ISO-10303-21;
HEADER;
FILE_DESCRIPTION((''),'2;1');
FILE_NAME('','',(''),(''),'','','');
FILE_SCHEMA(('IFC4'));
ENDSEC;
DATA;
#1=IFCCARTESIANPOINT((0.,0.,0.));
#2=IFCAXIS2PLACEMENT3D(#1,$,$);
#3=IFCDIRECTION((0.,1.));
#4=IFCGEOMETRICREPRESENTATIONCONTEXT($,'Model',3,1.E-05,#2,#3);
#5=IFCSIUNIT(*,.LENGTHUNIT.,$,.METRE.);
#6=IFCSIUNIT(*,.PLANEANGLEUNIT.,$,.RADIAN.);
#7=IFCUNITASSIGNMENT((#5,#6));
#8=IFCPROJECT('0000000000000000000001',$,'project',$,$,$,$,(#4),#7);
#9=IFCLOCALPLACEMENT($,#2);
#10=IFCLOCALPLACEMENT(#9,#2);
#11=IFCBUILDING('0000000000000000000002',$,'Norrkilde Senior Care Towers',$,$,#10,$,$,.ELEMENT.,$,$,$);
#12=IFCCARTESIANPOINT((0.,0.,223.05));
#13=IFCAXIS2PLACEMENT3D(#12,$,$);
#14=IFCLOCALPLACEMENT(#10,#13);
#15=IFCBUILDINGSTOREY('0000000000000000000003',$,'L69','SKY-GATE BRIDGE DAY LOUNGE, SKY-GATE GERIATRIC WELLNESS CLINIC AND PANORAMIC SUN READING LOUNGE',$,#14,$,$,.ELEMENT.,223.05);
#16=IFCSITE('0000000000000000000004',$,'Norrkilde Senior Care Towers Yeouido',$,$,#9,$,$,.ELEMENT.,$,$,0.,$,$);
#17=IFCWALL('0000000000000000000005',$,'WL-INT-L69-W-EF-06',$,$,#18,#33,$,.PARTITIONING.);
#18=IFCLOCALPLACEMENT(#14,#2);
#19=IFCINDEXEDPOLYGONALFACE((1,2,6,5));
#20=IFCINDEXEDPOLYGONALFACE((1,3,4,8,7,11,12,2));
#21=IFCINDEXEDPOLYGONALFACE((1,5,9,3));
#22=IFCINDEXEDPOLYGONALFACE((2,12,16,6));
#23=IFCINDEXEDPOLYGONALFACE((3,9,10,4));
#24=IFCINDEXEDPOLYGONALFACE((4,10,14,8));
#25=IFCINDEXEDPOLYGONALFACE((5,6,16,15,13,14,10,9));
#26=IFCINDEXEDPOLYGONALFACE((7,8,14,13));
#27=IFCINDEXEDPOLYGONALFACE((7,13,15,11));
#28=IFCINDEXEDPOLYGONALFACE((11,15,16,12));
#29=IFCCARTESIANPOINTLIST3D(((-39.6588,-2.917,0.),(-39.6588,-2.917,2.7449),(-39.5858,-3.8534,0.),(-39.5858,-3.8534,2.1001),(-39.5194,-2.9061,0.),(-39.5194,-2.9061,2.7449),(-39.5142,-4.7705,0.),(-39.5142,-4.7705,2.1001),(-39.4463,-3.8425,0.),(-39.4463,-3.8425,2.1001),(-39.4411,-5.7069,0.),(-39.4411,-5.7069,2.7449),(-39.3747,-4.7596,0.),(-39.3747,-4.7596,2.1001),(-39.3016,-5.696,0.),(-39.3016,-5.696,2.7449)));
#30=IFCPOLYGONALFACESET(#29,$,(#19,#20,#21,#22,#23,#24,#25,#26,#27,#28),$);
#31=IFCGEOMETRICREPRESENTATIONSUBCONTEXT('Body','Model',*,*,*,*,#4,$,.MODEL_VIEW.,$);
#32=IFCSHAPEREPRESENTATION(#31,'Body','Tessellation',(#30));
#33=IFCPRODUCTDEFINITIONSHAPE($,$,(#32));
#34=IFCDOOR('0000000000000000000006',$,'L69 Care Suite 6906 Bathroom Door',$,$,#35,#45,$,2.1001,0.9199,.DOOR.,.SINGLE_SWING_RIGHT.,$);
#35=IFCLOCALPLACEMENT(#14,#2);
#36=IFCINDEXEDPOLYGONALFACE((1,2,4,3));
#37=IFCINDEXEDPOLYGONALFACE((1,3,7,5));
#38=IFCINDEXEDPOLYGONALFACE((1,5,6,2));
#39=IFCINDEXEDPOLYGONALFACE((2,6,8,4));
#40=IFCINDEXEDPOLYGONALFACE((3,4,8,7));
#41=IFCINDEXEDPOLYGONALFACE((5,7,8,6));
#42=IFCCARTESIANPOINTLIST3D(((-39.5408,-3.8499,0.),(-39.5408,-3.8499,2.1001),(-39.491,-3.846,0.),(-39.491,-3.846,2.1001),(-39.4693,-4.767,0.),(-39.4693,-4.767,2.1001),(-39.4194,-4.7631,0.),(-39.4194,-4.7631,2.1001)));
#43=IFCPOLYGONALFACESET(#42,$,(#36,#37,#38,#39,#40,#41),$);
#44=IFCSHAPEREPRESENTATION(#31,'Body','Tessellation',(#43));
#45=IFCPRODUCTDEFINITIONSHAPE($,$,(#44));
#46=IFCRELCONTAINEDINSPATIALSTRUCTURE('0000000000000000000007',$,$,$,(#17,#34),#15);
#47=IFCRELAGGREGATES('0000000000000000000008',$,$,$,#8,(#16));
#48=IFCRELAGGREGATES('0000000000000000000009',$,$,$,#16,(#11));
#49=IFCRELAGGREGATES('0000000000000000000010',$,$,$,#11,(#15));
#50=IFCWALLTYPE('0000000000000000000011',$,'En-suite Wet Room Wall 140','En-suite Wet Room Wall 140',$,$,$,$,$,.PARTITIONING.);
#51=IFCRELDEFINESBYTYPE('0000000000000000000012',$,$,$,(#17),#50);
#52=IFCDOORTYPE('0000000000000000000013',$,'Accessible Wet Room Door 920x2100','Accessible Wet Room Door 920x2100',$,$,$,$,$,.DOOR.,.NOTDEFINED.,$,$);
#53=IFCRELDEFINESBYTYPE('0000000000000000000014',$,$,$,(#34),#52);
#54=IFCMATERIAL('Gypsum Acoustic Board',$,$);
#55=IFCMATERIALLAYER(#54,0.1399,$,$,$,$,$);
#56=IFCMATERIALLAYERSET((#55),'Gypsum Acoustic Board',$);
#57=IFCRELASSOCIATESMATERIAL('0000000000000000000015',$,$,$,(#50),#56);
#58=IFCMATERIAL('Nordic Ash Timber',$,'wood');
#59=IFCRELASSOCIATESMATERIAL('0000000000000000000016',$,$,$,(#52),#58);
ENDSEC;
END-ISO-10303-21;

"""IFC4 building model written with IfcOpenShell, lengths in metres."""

from ifc_helpers import new_model, si_unit, direction, frame, frame_2d, origin, place, context, subcontext, project, spatial, rectangle, extrude, source, transform, mapped, material, layer, layer_set, type_object, type_shapes, element, fill, save


model = new_model("IFC4")

# Units and contexts
model_context = context("Model", 3, precision=1e-05, world=origin(), true_north=direction((0.0, 1.0)))
body_context = subcontext(model_context, "Body", "Model", "MODEL_VIEW")
ifc_project = project(units=[si_unit("LENGTHUNIT", "METRE"), si_unit("PLANEANGLEUNIT", "RADIAN")], contexts=[model_context])

# Site, building, storey
site_placement = place(None, origin())
site = spatial("IfcSite", under=ifc_project, at=site_placement, Name="Norrkilde Senior Care Towers Yeouido", CompositionType="ELEMENT", RefElevation=0.0)
building_placement = place(site_placement, origin())
building = spatial("IfcBuilding", under=site, at=building_placement, Name="Norrkilde Senior Care Towers", CompositionType="ELEMENT")
storey_placement = place(building_placement, frame((0.0, 0.0, 223.05)))
storey = spatial("IfcBuildingStorey", under=building, at=storey_placement, Name="L69", Description="SKY-GATE BRIDGE DAY LOUNGE, SKY-GATE GERIATRIC WELLNESS CLINIC AND PANORAMIC SUN READING LOUNGE", CompositionType="ELEMENT", Elevation=223.05)

# Shared definitions
ifc_material_1 = material(Name="Gypsum Acoustic Board")

# Wall, opening, door
ifc_material_2 = material(Name="Nordic Ash Timber", Category="wood")
ifc_layer_1 = layer(ifc_material_1, 0.1399)
ifc_layer_set_1 = layer_set([ifc_layer_1], Name="Gypsum Acoustic Board")
wall_type_1 = type_object("IfcWallType", Name="En-suite Wet Room Wall 140", Description="En-suite Wet Room Wall 140", PredefinedType="PARTITIONING", material=ifc_layer_set_1)
shared_shape_1 = source(origin(), body_context, "Body", "SweptSolid", [
    extrude(rectangle(XDim=2.7983, YDim=0.1399, at=frame_2d((1.3992, 0.0))), origin(), (0.0, 0.0, 1.0), 2.7449),
])
type_shapes(wall_type_1, [shared_shape_1])
wall_1_placement = place(storey_placement, frame((-39.3713, -5.7014, 0.0), z_axis=(0.0, 0.0, 1.0), x_axis=(-0.077824, 0.996967, 0.0)))
wall_1 = element("IfcWall", 1, at=wall_1_placement, inside=storey, type_object=wall_type_1, Name="WL-INT-L69-W-EF-06", PredefinedType="PARTITIONING", context=body_context, shape_type="MappedRepresentation", body=[
    mapped(shared_shape_1, transform((0.0, 0.0, 0.0), x_axis=(1.0, 0.0, 0.0), y_axis=(0.0, 1.0, 0.0), z_axis=(0.0, 0.0, 1.0), scale=1.0)),
])
opening_1_placement = place(wall_1_placement, frame((0.9392, 0.0, 0.0)))
opening_1 = element("IfcOpeningElement", 2, at=opening_1_placement, cuts=wall_1, PredefinedType="OPENING", context=body_context, shape_type="SweptSolid", body=[
    extrude(rectangle(XDim=0.9199, YDim=2.1001, at=frame_2d((0.46, 1.05))), frame((0.0, 0.0798, 0.0), z_axis=(0.0, -1.0, 0.0), x_axis=(1.0, 0.0, 0.0)), (0.0, 0.0, 1.0), 0.1599),
])
door_type_1 = type_object("IfcDoorType", Name="Accessible Wet Room Door 920x2100", Description="Accessible Wet Room Door 920x2100", OperationType="NOTDEFINED", PredefinedType="DOOR", material=ifc_material_2)
shared_shape_2 = source(origin(), body_context, "Body", "SweptSolid", [
    extrude(rectangle(XDim=0.9199, YDim=2.1001, at=frame_2d((0.46, 1.05))), frame((0.0, 0.0249, 0.0), z_axis=(0.0, -1.0, 0.0), x_axis=(1.0, 0.0, 0.0)), (0.0, 0.0, 1.0), 0.05),
])
type_shapes(door_type_1, [shared_shape_2])
door_1_placement = place(opening_1_placement, origin())
door_1 = element("IfcDoor", 3, at=door_1_placement, inside=storey, type_object=door_type_1, Name="L69 Care Suite 6906 Bathroom Door", OperationType="SINGLE_SWING_RIGHT", OverallHeight=2.1001, OverallWidth=0.9199, PredefinedType="DOOR", context=body_context, shape_type="MappedRepresentation", body=[
    mapped(shared_shape_2, transform((0.0, 0.0, 0.0), x_axis=(1.0, 0.0, 0.0), y_axis=(0.0, 1.0, 0.0), z_axis=(0.0, 0.0, 1.0), scale=1.0)),
])
fill(opening_1, door_1)

save(model, "model.ifc")
